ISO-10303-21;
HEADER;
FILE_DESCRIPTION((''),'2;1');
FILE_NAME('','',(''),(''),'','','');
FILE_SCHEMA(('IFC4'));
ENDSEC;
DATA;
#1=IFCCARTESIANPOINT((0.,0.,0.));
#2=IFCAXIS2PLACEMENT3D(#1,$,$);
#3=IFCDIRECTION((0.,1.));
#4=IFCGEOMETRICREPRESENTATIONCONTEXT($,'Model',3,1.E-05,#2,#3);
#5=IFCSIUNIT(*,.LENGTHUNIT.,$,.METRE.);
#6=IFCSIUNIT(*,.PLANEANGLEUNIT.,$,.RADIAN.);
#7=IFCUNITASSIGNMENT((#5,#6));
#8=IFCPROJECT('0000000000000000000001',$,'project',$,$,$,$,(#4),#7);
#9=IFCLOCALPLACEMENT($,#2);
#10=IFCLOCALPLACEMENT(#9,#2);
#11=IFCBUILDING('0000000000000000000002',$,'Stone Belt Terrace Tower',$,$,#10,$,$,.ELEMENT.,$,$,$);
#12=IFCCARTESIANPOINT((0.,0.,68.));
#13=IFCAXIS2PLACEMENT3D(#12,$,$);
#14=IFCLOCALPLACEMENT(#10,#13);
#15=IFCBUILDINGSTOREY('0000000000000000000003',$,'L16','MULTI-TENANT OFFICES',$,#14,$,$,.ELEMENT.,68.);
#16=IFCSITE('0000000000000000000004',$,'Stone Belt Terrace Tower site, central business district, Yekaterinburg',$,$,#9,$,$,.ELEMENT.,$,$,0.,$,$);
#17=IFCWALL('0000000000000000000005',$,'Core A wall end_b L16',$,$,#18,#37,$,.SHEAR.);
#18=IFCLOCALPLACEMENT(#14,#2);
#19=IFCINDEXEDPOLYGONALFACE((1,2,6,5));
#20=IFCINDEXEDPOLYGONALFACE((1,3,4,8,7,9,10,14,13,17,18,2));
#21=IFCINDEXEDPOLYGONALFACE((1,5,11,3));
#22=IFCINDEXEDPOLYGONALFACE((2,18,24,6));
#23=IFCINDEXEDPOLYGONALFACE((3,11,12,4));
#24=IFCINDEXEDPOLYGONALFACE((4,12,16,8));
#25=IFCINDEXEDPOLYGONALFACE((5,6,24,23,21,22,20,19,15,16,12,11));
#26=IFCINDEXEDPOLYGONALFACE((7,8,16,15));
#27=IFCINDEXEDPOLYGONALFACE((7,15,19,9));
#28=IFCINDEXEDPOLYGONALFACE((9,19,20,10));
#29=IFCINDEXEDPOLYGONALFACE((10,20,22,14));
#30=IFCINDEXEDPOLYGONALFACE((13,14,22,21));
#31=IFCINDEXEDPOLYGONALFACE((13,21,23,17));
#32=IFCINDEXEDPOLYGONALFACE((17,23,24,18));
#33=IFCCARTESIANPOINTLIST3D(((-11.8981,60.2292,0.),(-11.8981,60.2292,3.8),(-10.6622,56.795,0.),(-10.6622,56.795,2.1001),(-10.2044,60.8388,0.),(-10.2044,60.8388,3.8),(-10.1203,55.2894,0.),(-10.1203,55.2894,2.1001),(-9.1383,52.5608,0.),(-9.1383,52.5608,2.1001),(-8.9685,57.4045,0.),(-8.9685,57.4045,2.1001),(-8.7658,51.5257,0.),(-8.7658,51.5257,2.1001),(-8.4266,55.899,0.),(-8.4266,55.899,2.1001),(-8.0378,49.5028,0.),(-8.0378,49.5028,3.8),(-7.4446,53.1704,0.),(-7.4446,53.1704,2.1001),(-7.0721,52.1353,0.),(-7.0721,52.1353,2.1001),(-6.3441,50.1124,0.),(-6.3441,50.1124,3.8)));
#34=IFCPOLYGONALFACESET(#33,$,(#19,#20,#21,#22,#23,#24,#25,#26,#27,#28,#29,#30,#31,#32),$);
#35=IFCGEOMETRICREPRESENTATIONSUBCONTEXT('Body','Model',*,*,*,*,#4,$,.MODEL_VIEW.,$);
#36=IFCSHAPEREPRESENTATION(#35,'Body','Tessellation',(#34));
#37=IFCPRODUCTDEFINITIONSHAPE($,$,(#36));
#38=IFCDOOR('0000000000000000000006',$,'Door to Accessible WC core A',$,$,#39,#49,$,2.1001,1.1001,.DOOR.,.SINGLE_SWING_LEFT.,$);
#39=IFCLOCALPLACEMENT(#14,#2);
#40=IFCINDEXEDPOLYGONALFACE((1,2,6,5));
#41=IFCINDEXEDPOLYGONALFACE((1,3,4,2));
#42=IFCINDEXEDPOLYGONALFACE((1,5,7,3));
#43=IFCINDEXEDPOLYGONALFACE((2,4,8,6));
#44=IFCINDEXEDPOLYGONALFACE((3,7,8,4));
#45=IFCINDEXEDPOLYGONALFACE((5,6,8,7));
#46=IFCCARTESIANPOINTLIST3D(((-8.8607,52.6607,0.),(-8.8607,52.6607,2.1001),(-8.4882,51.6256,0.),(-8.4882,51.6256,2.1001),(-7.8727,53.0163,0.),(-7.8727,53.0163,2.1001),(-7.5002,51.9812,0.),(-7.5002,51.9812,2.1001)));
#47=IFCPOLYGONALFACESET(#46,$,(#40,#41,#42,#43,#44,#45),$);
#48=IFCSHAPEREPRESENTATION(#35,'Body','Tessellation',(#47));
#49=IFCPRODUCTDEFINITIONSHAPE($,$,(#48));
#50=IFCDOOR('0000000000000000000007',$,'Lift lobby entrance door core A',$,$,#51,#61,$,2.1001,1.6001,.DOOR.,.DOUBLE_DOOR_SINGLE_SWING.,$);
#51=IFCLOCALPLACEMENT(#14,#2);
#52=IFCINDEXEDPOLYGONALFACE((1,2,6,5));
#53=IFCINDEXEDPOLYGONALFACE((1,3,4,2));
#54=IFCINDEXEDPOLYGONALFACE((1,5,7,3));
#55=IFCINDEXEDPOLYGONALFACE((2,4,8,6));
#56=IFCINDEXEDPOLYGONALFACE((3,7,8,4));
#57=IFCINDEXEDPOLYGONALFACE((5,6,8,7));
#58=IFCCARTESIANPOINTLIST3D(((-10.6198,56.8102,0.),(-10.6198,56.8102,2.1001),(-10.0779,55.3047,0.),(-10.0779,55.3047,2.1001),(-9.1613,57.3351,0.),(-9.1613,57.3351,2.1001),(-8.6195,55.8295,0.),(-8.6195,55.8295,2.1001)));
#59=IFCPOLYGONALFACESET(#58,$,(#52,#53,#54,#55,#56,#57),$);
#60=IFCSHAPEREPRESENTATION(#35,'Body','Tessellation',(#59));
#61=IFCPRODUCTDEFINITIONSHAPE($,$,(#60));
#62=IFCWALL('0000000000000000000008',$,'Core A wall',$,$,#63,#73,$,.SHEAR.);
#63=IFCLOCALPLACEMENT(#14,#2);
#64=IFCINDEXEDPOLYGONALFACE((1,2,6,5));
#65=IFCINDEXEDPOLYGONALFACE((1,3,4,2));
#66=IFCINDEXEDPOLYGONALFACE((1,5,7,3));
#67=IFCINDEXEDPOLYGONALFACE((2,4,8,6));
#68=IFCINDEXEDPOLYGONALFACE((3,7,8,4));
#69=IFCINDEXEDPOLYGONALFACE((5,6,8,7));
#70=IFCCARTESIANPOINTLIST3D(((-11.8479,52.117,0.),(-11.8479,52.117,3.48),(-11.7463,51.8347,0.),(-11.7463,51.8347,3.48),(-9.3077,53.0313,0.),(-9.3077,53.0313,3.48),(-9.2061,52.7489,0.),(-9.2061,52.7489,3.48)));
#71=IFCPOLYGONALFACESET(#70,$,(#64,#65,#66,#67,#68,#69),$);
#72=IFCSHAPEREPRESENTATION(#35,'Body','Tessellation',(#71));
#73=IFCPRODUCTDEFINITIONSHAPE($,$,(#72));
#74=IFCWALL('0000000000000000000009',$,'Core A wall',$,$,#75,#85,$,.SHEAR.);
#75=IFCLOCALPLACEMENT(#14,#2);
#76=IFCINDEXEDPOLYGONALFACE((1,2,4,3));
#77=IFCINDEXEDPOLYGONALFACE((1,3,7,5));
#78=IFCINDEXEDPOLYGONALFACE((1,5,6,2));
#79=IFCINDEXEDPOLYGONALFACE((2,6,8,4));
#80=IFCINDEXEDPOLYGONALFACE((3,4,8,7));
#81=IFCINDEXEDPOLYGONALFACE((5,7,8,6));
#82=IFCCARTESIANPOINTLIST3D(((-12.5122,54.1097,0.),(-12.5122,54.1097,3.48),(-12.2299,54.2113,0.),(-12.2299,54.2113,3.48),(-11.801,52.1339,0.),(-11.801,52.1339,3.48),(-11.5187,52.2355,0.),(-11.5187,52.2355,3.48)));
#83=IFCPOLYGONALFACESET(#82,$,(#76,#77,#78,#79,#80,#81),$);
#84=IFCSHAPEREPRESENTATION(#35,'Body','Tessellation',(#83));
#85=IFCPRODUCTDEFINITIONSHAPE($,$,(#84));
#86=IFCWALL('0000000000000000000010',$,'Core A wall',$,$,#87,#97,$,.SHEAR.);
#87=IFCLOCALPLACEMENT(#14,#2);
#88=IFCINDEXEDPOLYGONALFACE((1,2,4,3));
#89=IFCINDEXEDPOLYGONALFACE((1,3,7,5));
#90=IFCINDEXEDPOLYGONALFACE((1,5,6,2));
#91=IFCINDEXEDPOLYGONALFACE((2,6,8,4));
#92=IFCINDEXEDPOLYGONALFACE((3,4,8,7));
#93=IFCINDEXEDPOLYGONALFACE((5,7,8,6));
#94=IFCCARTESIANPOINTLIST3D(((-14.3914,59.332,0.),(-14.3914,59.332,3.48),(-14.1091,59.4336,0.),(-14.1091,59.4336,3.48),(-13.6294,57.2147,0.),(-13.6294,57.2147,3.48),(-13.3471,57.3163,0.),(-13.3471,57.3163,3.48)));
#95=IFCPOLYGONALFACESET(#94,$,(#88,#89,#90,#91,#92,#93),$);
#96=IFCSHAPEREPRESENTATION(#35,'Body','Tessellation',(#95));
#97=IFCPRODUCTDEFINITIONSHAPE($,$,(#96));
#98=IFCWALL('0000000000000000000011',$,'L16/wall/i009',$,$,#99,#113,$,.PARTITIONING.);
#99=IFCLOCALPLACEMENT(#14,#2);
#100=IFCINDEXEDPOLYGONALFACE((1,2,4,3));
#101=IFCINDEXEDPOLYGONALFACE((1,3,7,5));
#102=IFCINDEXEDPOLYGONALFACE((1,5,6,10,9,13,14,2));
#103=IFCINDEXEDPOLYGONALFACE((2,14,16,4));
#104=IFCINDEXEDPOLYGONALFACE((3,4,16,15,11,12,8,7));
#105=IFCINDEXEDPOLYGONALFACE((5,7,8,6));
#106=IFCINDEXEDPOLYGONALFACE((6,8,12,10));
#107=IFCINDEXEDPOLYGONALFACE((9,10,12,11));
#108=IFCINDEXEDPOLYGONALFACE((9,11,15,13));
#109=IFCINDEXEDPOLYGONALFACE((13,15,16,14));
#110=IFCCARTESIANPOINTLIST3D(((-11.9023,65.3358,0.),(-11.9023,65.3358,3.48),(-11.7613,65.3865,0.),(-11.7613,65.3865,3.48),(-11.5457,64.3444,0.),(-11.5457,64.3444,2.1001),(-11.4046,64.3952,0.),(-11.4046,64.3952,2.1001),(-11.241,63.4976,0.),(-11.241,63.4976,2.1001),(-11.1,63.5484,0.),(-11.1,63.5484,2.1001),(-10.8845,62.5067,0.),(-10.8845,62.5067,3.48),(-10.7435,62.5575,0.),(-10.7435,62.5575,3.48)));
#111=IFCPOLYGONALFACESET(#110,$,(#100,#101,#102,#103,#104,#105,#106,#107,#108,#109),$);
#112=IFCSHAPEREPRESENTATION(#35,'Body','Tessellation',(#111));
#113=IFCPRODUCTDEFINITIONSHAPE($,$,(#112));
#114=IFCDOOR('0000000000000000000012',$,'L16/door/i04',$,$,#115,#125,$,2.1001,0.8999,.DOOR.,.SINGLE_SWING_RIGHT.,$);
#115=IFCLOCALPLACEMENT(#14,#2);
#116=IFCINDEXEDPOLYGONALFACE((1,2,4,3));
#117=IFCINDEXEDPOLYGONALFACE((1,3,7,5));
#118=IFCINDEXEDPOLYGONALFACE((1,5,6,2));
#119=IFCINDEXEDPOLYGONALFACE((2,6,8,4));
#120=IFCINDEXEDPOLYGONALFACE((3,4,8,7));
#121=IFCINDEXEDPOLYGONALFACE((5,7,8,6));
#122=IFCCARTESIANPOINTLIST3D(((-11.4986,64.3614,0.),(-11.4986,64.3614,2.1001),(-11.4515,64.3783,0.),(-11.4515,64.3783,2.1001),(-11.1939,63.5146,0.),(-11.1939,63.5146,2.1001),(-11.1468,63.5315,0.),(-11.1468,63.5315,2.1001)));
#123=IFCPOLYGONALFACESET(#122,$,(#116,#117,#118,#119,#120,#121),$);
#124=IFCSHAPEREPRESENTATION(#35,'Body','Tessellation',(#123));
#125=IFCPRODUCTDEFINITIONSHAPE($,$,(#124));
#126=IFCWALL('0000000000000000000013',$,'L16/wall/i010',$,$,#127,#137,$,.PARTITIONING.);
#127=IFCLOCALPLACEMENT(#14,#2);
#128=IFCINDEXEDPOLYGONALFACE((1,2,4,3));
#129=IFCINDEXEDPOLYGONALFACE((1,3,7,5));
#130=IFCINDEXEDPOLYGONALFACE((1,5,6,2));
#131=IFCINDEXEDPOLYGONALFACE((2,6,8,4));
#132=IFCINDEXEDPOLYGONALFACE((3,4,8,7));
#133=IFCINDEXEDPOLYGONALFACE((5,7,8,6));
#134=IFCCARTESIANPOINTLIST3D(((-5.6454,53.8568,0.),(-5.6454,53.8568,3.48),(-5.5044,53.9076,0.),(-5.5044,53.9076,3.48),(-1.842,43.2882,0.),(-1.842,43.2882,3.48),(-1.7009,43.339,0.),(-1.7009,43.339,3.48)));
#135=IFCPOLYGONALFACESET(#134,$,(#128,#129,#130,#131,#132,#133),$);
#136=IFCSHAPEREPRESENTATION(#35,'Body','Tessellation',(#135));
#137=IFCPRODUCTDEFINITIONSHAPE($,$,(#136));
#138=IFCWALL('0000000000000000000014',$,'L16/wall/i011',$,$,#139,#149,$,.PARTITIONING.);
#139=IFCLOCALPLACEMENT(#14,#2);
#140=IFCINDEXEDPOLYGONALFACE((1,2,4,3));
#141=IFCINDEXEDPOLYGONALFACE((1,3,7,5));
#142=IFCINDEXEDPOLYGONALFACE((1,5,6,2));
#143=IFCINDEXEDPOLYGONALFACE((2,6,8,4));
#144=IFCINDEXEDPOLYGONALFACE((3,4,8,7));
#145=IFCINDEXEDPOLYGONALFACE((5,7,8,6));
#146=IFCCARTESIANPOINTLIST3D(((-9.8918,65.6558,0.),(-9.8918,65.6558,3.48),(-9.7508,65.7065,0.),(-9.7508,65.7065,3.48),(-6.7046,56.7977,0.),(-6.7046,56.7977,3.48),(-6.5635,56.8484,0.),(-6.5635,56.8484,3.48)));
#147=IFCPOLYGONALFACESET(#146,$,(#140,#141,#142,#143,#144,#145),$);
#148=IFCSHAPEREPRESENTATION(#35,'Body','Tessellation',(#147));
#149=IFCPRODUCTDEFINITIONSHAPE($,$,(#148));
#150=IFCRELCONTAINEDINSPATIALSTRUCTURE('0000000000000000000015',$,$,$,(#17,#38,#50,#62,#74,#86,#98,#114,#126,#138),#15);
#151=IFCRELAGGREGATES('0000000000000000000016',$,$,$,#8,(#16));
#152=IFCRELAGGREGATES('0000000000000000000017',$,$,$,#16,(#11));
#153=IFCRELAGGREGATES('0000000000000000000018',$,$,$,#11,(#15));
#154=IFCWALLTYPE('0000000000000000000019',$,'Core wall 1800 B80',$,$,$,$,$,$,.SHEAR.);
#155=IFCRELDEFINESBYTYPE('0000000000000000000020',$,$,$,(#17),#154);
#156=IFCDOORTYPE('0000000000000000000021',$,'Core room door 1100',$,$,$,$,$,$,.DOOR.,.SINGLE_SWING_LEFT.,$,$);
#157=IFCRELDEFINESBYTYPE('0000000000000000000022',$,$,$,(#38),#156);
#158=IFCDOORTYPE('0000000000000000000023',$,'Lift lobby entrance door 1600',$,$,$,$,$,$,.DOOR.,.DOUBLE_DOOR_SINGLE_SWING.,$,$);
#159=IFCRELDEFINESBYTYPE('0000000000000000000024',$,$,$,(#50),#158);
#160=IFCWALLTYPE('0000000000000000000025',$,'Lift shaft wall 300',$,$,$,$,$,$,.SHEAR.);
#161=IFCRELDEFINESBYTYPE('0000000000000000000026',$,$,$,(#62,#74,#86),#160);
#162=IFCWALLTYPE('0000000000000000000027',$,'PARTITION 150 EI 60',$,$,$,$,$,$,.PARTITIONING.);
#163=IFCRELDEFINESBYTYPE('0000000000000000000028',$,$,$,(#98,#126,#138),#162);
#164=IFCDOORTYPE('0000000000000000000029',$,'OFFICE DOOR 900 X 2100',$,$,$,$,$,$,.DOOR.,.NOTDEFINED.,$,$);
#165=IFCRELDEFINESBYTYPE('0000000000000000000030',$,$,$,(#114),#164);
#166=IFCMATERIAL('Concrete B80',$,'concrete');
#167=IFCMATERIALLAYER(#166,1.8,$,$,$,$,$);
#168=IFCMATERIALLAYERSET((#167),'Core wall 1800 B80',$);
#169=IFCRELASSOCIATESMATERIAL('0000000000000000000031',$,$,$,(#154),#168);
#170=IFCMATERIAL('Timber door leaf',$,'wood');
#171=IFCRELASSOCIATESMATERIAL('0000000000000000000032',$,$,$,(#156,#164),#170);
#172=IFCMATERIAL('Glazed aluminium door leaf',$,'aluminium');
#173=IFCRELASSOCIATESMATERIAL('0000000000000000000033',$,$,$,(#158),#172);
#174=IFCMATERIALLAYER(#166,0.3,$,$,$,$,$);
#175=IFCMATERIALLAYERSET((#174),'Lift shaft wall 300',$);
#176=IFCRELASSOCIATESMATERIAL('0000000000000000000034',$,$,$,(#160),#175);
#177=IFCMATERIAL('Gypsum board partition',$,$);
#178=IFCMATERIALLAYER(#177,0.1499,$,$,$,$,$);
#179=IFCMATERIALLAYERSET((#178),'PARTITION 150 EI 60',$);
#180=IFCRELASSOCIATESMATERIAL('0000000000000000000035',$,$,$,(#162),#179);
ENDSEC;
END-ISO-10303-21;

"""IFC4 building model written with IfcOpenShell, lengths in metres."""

from ifc_helpers import new_model, si_unit, direction, frame, frame_2d, origin, place, context, subcontext, project, spatial, rectangle, extrude, material, layer, layer_set, type_object, element, fill, save


model = new_model("IFC4")

# Units and contexts
model_context = context("Model", 3, precision=1e-05, world=origin(), true_north=direction((0.0, 1.0)))
body_context = subcontext(model_context, "Body", "Model", "MODEL_VIEW")
ifc_project = project(units=[si_unit("LENGTHUNIT", "METRE"), si_unit("PLANEANGLEUNIT", "RADIAN")], contexts=[model_context])

# Site, building, storey
site_placement = place(None, origin())
site = spatial("IfcSite", under=ifc_project, at=site_placement, Name="Stone Belt Terrace Tower site, central business district, Yekaterinburg", CompositionType="ELEMENT", RefElevation=0.0)
building_placement = place(site_placement, origin())
building = spatial("IfcBuilding", under=site, at=building_placement, Name="Stone Belt Terrace Tower", CompositionType="ELEMENT")
storey_placement = place(building_placement, frame((0.0, 0.0, 68.0)))
storey = spatial("IfcBuildingStorey", under=building, at=storey_placement, Name="L16", Description="MULTI-TENANT OFFICES", CompositionType="ELEMENT", Elevation=68.0)

# Shared definitions
ifc_material_1 = material(Name="Concrete B80", Category="concrete")

# Wall, openings, doors
ifc_layer_1 = layer(ifc_material_1, 1.8)
ifc_layer_set_1 = layer_set([ifc_layer_1], Name="Core wall 1800 B80")
wall_type_1 = type_object("IfcWallType", Name="Core wall 1800 B80", PredefinedType="SHEAR", material=ifc_layer_set_1)
wall_1_placement = place(storey_placement, frame((-7.1909, 49.8076, 0.0), z_axis=(0.0, 0.0, 1.0), x_axis=(-0.338632, 0.940919, 0.0)))
wall_1 = element("IfcWall", 1, at=wall_1_placement, inside=storey, type_object=wall_type_1, Name="Core A wall end_b L16", PredefinedType="SHEAR", context=body_context, shape_type="SweptSolid", body=[
    extrude(rectangle(XDim=11.3999, YDim=1.8, at=frame_2d((5.7, 0.0))), origin(), (0.0, 0.0, 1.0), 3.8),
])
opening_1_placement = place(wall_1_placement, frame((6.1499, 0.0, 0.0)))
opening_1 = element("IfcOpeningElement", 2, at=opening_1_placement, cuts=wall_1, PredefinedType="OPENING", context=body_context, shape_type="SweptSolid", body=[
    extrude(rectangle(XDim=1.6001, YDim=2.1001, at=frame_2d((0.8, 1.05))), frame((0.0, 0.9099, 0.0), z_axis=(0.0, -1.0, 0.0), x_axis=(1.0, 0.0, 0.0)), (0.0, 0.0, 1.0), 1.8201),
])
opening_2_placement = place(wall_1_placement, frame((2.1499, 0.0, 0.0)))
opening_2 = element("IfcOpeningElement", 3, at=opening_2_placement, cuts=wall_1, PredefinedType="OPENING", context=body_context, shape_type="SweptSolid", body=[
    extrude(rectangle(XDim=1.1001, YDim=2.1001, at=frame_2d((0.55, 1.05))), frame((0.0, 0.9099, 0.0), z_axis=(0.0, -1.0, 0.0), x_axis=(1.0, 0.0, 0.0)), (0.0, 0.0, 1.0), 1.8201),
])
ifc_material_2 = material(Name="Timber door leaf", Category="wood")
door_type_1 = type_object("IfcDoorType", Name="Core room door 1100", OperationType="SINGLE_SWING_LEFT", PredefinedType="DOOR", material=ifc_material_2)
door_1_placement = place(opening_2_placement, origin())
door_1 = element("IfcDoor", 4, at=door_1_placement, inside=storey, type_object=door_type_1, Name="Door to Accessible WC core A", OperationType="SINGLE_SWING_LEFT", OverallHeight=2.1001, OverallWidth=1.1001, PredefinedType="DOOR", context=body_context, shape_type="SweptSolid", body=[
    extrude(rectangle(XDim=1.1001, YDim=2.1001, at=frame_2d((0.55, 1.05))), frame((0.0, 0.605, 0.0), z_axis=(0.0, -1.0, 0.0), x_axis=(1.0, 0.0, 0.0)), (0.0, 0.0, 1.0), 1.05),
])
fill(opening_2, door_1)
ifc_material_3 = material(Name="Glazed aluminium door leaf", Category="aluminium")
door_type_2 = type_object("IfcDoorType", Name="Lift lobby entrance door 1600", OperationType="DOUBLE_DOOR_SINGLE_SWING", PredefinedType="DOOR", material=ifc_material_3)
door_2_placement = place(opening_1_placement, origin())
door_2 = element("IfcDoor", 5, at=door_2_placement, inside=storey, type_object=door_type_2, Name="Lift lobby entrance door core A", OperationType="DOUBLE_DOOR_SINGLE_SWING", OverallHeight=2.1001, OverallWidth=1.6001, PredefinedType="DOOR", context=body_context, shape_type="SweptSolid", body=[
    extrude(rectangle(XDim=1.6001, YDim=2.1001, at=frame_2d((0.8, 1.05))), frame((0.0, 0.855, 0.0), z_axis=(0.0, -1.0, 0.0), x_axis=(1.0, 0.0, 0.0)), (0.0, 0.0, 1.0), 1.55),
])
fill(opening_1, door_2)

# Walls
ifc_layer_2 = layer(ifc_material_1, 0.3)
ifc_layer_set_2 = layer_set([ifc_layer_2], Name="Lift shaft wall 300")
wall_type_2 = type_object("IfcWallType", Name="Lift shaft wall 300", PredefinedType="SHEAR", material=ifc_layer_set_2)
wall_2_placement = place(storey_placement, frame((-11.7971, 51.9758, 0.0), z_axis=(0.0, 0.0, 1.0), x_axis=(0.94091, 0.338655, 0.0)))
element("IfcWall", 6, at=wall_2_placement, inside=storey, type_object=wall_type_2, Name="Core A wall", PredefinedType="SHEAR", context=body_context, shape_type="SweptSolid", body=[
    extrude(rectangle(XDim=2.6997, YDim=0.3, at=frame_2d((1.3499, 0.0))), origin(), (0.0, 0.0, 1.0), 3.48),
])
wall_3_placement = place(storey_placement, frame((-11.6599, 52.1848, 0.0), z_axis=(0.0, 0.0, 1.0), x_axis=(-0.33867, 0.940905, 0.0)))
element("IfcWall", 7, at=wall_3_placement, inside=storey, type_object=wall_type_2, Name="Core A wall", PredefinedType="SHEAR", context=body_context, shape_type="SweptSolid", body=[
    extrude(rectangle(XDim=2.0999, YDim=0.3, at=frame_2d((1.0498, 0.0))), origin(), (0.0, 0.0, 1.0), 3.48),
])
wall_4_placement = place(storey_placement, frame((-13.4883, 57.2656, 0.0), z_axis=(0.0, 0.0, 1.0), x_axis=(-0.338631, 0.940919, 0.0)))
element("IfcWall", 8, at=wall_4_placement, inside=storey, type_object=wall_type_2, Name="Core A wall", PredefinedType="SHEAR", context=body_context, shape_type="SweptSolid", body=[
    extrude(rectangle(XDim=2.2502, YDim=0.3, at=frame_2d((1.125, 0.0))), origin(), (0.0, 0.0, 1.0), 3.48),
])

# Wall, opening, door
ifc_material_4 = material(Name="Gypsum board partition")
ifc_layer_3 = layer(ifc_material_4, 0.1499)
ifc_layer_set_3 = layer_set([ifc_layer_3], Name="PARTITION 150 EI 60")
wall_type_3 = type_object("IfcWallType", Name="PARTITION 150 EI 60", PredefinedType="PARTITIONING", material=ifc_layer_set_3)
wall_5_placement = place(storey_placement, frame((-10.814, 62.532, 0.0), z_axis=(0.0, 0.0, 1.0), x_axis=(-0.338527, 0.940957, 0.0)))
wall_5 = element("IfcWall", 9, at=wall_5_placement, inside=storey, type_object=wall_type_3, Name="L16/wall/i009", PredefinedType="PARTITIONING", context=body_context, shape_type="SweptSolid", body=[
    extrude(rectangle(XDim=3.0066, YDim=0.1499, at=frame_2d((1.5034, 0.0))), origin(), (0.0, 0.0, 1.0), 3.48),
])
opening_3_placement = place(wall_5_placement, frame((1.0532, 0.0, 0.0)))
opening_3 = element("IfcOpeningElement", 10, at=opening_3_placement, cuts=wall_5, PredefinedType="OPENING", context=body_context, shape_type="SweptSolid", body=[
    extrude(rectangle(XDim=0.8999, YDim=2.1001, at=frame_2d((0.45, 1.05))), frame((0.0, 0.085, 0.0), z_axis=(0.0, -1.0, 0.0), x_axis=(1.0, 0.0, 0.0)), (0.0, 0.0, 1.0), 0.1699),
])
door_type_3 = type_object("IfcDoorType", Name="OFFICE DOOR 900 X 2100", OperationType="NOTDEFINED", PredefinedType="DOOR", material=ifc_material_2)
door_3_placement = place(opening_3_placement, origin())
door_3 = element("IfcDoor", 11, at=door_3_placement, inside=storey, type_object=door_type_3, Name="L16/door/i04", OperationType="SINGLE_SWING_RIGHT", OverallHeight=2.1001, OverallWidth=0.8999, PredefinedType="DOOR", context=body_context, shape_type="SweptSolid", body=[
    extrude(rectangle(XDim=0.8999, YDim=2.1001, at=frame_2d((0.45, 1.05))), frame((0.0, 0.0249, 0.0), z_axis=(0.0, -1.0, 0.0), x_axis=(1.0, 0.0, 0.0)), (0.0, 0.0, 1.0), 0.05),
])
fill(opening_3, door_3)

# Walls
wall_6_placement = place(storey_placement, frame((-5.575, 53.8823, 0.0), z_axis=(0.0, 0.0, 1.0), x_axis=(0.338622, -0.940922, 0.0)))
element("IfcWall", 12, at=wall_6_placement, inside=storey, type_object=wall_type_3, Name="L16/wall/i010", PredefinedType="PARTITIONING", context=body_context, shape_type="SweptSolid", body=[
    extrude(rectangle(XDim=11.2322, YDim=0.1499, at=frame_2d((5.6162, 0.0))), origin(), (0.0, 0.0, 1.0), 3.48),
])
wall_7_placement = place(storey_placement, frame((-9.8213, 65.6812, 0.0), z_axis=(0.0, 0.0, 1.0), x_axis=(0.338562, -0.940944, 0.0)))
element("IfcWall", 13, at=wall_7_placement, inside=storey, type_object=wall_type_3, Name="L16/wall/i011", PredefinedType="PARTITIONING", context=body_context, shape_type="SweptSolid", body=[
    extrude(rectangle(XDim=9.4141, YDim=0.1499, at=frame_2d((4.707, 0.0))), origin(), (0.0, 0.0, 1.0), 3.48),
])

save(model, "model.ifc")
